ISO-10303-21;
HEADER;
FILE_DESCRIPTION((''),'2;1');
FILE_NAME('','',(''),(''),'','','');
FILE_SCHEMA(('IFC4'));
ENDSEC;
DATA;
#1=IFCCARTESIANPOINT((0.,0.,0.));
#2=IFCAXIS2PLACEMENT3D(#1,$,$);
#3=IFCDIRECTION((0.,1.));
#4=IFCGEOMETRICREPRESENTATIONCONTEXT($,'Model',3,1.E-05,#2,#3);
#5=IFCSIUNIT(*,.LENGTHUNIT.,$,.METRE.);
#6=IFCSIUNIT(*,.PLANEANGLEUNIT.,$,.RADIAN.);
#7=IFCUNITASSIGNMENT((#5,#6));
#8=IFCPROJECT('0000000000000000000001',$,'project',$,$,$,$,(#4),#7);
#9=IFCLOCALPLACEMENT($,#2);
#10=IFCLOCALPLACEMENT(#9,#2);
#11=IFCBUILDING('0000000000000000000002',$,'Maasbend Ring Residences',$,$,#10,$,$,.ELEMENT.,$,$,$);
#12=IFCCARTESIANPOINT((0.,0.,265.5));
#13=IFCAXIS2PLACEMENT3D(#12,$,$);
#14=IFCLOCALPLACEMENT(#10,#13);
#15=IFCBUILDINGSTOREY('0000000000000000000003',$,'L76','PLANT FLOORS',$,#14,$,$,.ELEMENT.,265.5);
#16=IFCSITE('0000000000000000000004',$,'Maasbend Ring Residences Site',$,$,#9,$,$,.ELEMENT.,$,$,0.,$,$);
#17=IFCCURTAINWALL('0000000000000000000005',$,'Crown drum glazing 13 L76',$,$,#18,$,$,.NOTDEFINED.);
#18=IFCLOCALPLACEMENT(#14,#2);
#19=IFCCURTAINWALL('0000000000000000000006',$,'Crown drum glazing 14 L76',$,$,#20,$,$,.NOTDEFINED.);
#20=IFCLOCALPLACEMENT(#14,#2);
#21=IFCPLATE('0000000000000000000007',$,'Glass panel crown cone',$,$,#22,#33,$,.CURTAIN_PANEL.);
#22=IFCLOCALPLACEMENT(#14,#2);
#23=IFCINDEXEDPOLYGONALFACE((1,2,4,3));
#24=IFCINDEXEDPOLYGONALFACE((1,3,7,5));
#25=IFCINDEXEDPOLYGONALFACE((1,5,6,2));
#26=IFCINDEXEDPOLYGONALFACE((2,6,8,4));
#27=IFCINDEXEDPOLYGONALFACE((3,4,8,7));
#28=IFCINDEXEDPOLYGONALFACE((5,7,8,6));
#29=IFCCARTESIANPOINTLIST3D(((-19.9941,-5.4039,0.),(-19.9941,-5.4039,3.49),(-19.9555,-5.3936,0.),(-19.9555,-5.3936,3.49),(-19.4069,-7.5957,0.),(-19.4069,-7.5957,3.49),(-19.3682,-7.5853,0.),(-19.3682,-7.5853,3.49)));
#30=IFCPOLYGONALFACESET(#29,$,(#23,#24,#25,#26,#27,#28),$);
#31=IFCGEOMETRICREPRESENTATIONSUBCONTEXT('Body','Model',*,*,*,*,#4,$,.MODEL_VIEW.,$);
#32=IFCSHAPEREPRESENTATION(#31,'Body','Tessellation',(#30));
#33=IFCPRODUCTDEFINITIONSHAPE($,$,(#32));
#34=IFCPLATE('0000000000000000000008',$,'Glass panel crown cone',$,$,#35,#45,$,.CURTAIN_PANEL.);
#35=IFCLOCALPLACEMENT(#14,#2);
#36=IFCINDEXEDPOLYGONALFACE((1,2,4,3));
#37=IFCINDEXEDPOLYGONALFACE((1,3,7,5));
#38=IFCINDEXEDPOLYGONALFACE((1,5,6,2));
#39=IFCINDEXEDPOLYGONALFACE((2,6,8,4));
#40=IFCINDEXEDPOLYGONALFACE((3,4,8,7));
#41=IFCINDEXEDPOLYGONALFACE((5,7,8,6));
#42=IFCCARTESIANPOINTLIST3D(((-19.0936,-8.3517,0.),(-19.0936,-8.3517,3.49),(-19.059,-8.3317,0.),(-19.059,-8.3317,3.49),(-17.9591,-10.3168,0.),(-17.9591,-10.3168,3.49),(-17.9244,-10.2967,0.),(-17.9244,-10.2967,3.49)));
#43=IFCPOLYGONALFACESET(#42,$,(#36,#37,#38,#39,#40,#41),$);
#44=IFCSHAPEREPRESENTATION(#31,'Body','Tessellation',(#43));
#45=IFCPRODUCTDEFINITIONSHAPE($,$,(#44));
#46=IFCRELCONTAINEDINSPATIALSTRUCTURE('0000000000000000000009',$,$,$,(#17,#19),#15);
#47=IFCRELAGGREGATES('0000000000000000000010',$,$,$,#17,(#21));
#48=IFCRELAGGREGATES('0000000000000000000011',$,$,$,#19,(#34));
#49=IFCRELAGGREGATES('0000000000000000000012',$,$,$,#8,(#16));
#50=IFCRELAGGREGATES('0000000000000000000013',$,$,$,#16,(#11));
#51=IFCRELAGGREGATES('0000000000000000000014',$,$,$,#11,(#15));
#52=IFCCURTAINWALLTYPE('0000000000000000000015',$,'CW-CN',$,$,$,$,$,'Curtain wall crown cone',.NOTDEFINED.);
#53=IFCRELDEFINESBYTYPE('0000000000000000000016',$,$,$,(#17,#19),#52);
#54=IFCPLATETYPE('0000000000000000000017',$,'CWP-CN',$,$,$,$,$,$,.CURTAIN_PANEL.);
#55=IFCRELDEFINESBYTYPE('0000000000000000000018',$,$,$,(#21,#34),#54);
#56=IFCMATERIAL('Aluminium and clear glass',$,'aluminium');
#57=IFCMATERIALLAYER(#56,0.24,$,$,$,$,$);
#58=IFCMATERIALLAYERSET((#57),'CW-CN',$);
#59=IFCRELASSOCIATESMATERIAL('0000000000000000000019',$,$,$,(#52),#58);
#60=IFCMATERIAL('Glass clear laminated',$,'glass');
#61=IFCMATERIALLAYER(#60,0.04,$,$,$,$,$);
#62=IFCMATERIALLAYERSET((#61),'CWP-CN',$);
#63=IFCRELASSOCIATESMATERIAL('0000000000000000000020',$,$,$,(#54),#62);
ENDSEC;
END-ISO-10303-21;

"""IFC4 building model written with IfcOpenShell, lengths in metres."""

from ifc_helpers import new_model, si_unit, direction, frame, origin, origin_2d, place, context, subcontext, project, spatial, rectangle, extrude, material, layer, layer_set, type_object, element, aggregate, save


model = new_model("IFC4")

# Units and contexts
model_context = context("Model", 3, precision=1e-05, world=origin(), true_north=direction((0.0, 1.0)))
body_context = subcontext(model_context, "Body", "Model", "MODEL_VIEW")
ifc_project = project(units=[si_unit("LENGTHUNIT", "METRE"), si_unit("PLANEANGLEUNIT", "RADIAN")], contexts=[model_context])

# Site, building, storey
site_placement = place(None, origin())
site = spatial("IfcSite", under=ifc_project, at=site_placement, Name="Maasbend Ring Residences Site", CompositionType="ELEMENT", RefElevation=0.0)
building_placement = place(site_placement, origin())
building = spatial("IfcBuilding", under=site, at=building_placement, Name="Maasbend Ring Residences", CompositionType="ELEMENT")
storey_placement = place(building_placement, frame((0.0, 0.0, 265.5)))
storey = spatial("IfcBuildingStorey", under=building, at=storey_placement, Name="L76", Description="PLANT FLOORS", CompositionType="ELEMENT", Elevation=265.5)

# Curtain walls
ifc_material_1 = material(Name="Aluminium and clear glass", Category="aluminium")
ifc_layer_1 = layer(ifc_material_1, 0.24)
ifc_layer_set_1 = layer_set([ifc_layer_1], Name="CW-CN")
curtain_wall_type = type_object("IfcCurtainWallType", Name="CW-CN", ElementType="Curtain wall crown cone", PredefinedType="NOTDEFINED", material=ifc_layer_set_1)
curtain_wall_1_placement = place(storey_placement, origin())
curtain_wall_1 = element("IfcCurtainWall", 1, at=curtain_wall_1_placement, inside=storey, type_object=curtain_wall_type, Name="Crown drum glazing 13 L76", PredefinedType="NOTDEFINED")
curtain_wall_2_placement = place(storey_placement, origin())
curtain_wall_2 = element("IfcCurtainWall", 2, at=curtain_wall_2_placement, inside=storey, type_object=curtain_wall_type, Name="Crown drum glazing 14 L76", PredefinedType="NOTDEFINED")

# Plates
ifc_material_2 = material(Name="Glass clear laminated", Category="glass")
ifc_layer_2 = layer(ifc_material_2, 0.04)
ifc_layer_set_2 = layer_set([ifc_layer_2], Name="CWP-CN")
plate_type = type_object("IfcPlateType", Name="CWP-CN", PredefinedType="CURTAIN_PANEL", material=ifc_layer_set_2)
plate_1_placement = place(storey_placement, frame((-19.6812, -6.4946, 0.0), z_axis=(0.0, 0.0, 1.0), x_axis=(0.258819, -0.965926, 0.0)))
plate_1 = element("IfcPlate", 3, at=plate_1_placement, type_object=plate_type, Name="Glass panel crown cone", PredefinedType="CURTAIN_PANEL", context=body_context, shape_type="SweptSolid", body=[
    extrude(rectangle(XDim=2.269, YDim=0.04, at=origin_2d()), origin(), (0.0, 0.0, 1.0), 3.49),
])
aggregate(curtain_wall_1, [plate_1])
plate_2_placement = place(storey_placement, frame((-18.509, -9.3242, 0.0), z_axis=(0.0, 0.0, 1.0), x_axis=(0.5, -0.866025, 0.0)))
plate_2 = element("IfcPlate", 4, at=plate_2_placement, type_object=plate_type, Name="Glass panel crown cone", PredefinedType="CURTAIN_PANEL", context=body_context, shape_type="SweptSolid", body=[
    extrude(rectangle(XDim=2.269, YDim=0.04, at=origin_2d()), origin(), (0.0, 0.0, 1.0), 3.49),
])
aggregate(curtain_wall_2, [plate_2])

save(model, "model.ifc")
